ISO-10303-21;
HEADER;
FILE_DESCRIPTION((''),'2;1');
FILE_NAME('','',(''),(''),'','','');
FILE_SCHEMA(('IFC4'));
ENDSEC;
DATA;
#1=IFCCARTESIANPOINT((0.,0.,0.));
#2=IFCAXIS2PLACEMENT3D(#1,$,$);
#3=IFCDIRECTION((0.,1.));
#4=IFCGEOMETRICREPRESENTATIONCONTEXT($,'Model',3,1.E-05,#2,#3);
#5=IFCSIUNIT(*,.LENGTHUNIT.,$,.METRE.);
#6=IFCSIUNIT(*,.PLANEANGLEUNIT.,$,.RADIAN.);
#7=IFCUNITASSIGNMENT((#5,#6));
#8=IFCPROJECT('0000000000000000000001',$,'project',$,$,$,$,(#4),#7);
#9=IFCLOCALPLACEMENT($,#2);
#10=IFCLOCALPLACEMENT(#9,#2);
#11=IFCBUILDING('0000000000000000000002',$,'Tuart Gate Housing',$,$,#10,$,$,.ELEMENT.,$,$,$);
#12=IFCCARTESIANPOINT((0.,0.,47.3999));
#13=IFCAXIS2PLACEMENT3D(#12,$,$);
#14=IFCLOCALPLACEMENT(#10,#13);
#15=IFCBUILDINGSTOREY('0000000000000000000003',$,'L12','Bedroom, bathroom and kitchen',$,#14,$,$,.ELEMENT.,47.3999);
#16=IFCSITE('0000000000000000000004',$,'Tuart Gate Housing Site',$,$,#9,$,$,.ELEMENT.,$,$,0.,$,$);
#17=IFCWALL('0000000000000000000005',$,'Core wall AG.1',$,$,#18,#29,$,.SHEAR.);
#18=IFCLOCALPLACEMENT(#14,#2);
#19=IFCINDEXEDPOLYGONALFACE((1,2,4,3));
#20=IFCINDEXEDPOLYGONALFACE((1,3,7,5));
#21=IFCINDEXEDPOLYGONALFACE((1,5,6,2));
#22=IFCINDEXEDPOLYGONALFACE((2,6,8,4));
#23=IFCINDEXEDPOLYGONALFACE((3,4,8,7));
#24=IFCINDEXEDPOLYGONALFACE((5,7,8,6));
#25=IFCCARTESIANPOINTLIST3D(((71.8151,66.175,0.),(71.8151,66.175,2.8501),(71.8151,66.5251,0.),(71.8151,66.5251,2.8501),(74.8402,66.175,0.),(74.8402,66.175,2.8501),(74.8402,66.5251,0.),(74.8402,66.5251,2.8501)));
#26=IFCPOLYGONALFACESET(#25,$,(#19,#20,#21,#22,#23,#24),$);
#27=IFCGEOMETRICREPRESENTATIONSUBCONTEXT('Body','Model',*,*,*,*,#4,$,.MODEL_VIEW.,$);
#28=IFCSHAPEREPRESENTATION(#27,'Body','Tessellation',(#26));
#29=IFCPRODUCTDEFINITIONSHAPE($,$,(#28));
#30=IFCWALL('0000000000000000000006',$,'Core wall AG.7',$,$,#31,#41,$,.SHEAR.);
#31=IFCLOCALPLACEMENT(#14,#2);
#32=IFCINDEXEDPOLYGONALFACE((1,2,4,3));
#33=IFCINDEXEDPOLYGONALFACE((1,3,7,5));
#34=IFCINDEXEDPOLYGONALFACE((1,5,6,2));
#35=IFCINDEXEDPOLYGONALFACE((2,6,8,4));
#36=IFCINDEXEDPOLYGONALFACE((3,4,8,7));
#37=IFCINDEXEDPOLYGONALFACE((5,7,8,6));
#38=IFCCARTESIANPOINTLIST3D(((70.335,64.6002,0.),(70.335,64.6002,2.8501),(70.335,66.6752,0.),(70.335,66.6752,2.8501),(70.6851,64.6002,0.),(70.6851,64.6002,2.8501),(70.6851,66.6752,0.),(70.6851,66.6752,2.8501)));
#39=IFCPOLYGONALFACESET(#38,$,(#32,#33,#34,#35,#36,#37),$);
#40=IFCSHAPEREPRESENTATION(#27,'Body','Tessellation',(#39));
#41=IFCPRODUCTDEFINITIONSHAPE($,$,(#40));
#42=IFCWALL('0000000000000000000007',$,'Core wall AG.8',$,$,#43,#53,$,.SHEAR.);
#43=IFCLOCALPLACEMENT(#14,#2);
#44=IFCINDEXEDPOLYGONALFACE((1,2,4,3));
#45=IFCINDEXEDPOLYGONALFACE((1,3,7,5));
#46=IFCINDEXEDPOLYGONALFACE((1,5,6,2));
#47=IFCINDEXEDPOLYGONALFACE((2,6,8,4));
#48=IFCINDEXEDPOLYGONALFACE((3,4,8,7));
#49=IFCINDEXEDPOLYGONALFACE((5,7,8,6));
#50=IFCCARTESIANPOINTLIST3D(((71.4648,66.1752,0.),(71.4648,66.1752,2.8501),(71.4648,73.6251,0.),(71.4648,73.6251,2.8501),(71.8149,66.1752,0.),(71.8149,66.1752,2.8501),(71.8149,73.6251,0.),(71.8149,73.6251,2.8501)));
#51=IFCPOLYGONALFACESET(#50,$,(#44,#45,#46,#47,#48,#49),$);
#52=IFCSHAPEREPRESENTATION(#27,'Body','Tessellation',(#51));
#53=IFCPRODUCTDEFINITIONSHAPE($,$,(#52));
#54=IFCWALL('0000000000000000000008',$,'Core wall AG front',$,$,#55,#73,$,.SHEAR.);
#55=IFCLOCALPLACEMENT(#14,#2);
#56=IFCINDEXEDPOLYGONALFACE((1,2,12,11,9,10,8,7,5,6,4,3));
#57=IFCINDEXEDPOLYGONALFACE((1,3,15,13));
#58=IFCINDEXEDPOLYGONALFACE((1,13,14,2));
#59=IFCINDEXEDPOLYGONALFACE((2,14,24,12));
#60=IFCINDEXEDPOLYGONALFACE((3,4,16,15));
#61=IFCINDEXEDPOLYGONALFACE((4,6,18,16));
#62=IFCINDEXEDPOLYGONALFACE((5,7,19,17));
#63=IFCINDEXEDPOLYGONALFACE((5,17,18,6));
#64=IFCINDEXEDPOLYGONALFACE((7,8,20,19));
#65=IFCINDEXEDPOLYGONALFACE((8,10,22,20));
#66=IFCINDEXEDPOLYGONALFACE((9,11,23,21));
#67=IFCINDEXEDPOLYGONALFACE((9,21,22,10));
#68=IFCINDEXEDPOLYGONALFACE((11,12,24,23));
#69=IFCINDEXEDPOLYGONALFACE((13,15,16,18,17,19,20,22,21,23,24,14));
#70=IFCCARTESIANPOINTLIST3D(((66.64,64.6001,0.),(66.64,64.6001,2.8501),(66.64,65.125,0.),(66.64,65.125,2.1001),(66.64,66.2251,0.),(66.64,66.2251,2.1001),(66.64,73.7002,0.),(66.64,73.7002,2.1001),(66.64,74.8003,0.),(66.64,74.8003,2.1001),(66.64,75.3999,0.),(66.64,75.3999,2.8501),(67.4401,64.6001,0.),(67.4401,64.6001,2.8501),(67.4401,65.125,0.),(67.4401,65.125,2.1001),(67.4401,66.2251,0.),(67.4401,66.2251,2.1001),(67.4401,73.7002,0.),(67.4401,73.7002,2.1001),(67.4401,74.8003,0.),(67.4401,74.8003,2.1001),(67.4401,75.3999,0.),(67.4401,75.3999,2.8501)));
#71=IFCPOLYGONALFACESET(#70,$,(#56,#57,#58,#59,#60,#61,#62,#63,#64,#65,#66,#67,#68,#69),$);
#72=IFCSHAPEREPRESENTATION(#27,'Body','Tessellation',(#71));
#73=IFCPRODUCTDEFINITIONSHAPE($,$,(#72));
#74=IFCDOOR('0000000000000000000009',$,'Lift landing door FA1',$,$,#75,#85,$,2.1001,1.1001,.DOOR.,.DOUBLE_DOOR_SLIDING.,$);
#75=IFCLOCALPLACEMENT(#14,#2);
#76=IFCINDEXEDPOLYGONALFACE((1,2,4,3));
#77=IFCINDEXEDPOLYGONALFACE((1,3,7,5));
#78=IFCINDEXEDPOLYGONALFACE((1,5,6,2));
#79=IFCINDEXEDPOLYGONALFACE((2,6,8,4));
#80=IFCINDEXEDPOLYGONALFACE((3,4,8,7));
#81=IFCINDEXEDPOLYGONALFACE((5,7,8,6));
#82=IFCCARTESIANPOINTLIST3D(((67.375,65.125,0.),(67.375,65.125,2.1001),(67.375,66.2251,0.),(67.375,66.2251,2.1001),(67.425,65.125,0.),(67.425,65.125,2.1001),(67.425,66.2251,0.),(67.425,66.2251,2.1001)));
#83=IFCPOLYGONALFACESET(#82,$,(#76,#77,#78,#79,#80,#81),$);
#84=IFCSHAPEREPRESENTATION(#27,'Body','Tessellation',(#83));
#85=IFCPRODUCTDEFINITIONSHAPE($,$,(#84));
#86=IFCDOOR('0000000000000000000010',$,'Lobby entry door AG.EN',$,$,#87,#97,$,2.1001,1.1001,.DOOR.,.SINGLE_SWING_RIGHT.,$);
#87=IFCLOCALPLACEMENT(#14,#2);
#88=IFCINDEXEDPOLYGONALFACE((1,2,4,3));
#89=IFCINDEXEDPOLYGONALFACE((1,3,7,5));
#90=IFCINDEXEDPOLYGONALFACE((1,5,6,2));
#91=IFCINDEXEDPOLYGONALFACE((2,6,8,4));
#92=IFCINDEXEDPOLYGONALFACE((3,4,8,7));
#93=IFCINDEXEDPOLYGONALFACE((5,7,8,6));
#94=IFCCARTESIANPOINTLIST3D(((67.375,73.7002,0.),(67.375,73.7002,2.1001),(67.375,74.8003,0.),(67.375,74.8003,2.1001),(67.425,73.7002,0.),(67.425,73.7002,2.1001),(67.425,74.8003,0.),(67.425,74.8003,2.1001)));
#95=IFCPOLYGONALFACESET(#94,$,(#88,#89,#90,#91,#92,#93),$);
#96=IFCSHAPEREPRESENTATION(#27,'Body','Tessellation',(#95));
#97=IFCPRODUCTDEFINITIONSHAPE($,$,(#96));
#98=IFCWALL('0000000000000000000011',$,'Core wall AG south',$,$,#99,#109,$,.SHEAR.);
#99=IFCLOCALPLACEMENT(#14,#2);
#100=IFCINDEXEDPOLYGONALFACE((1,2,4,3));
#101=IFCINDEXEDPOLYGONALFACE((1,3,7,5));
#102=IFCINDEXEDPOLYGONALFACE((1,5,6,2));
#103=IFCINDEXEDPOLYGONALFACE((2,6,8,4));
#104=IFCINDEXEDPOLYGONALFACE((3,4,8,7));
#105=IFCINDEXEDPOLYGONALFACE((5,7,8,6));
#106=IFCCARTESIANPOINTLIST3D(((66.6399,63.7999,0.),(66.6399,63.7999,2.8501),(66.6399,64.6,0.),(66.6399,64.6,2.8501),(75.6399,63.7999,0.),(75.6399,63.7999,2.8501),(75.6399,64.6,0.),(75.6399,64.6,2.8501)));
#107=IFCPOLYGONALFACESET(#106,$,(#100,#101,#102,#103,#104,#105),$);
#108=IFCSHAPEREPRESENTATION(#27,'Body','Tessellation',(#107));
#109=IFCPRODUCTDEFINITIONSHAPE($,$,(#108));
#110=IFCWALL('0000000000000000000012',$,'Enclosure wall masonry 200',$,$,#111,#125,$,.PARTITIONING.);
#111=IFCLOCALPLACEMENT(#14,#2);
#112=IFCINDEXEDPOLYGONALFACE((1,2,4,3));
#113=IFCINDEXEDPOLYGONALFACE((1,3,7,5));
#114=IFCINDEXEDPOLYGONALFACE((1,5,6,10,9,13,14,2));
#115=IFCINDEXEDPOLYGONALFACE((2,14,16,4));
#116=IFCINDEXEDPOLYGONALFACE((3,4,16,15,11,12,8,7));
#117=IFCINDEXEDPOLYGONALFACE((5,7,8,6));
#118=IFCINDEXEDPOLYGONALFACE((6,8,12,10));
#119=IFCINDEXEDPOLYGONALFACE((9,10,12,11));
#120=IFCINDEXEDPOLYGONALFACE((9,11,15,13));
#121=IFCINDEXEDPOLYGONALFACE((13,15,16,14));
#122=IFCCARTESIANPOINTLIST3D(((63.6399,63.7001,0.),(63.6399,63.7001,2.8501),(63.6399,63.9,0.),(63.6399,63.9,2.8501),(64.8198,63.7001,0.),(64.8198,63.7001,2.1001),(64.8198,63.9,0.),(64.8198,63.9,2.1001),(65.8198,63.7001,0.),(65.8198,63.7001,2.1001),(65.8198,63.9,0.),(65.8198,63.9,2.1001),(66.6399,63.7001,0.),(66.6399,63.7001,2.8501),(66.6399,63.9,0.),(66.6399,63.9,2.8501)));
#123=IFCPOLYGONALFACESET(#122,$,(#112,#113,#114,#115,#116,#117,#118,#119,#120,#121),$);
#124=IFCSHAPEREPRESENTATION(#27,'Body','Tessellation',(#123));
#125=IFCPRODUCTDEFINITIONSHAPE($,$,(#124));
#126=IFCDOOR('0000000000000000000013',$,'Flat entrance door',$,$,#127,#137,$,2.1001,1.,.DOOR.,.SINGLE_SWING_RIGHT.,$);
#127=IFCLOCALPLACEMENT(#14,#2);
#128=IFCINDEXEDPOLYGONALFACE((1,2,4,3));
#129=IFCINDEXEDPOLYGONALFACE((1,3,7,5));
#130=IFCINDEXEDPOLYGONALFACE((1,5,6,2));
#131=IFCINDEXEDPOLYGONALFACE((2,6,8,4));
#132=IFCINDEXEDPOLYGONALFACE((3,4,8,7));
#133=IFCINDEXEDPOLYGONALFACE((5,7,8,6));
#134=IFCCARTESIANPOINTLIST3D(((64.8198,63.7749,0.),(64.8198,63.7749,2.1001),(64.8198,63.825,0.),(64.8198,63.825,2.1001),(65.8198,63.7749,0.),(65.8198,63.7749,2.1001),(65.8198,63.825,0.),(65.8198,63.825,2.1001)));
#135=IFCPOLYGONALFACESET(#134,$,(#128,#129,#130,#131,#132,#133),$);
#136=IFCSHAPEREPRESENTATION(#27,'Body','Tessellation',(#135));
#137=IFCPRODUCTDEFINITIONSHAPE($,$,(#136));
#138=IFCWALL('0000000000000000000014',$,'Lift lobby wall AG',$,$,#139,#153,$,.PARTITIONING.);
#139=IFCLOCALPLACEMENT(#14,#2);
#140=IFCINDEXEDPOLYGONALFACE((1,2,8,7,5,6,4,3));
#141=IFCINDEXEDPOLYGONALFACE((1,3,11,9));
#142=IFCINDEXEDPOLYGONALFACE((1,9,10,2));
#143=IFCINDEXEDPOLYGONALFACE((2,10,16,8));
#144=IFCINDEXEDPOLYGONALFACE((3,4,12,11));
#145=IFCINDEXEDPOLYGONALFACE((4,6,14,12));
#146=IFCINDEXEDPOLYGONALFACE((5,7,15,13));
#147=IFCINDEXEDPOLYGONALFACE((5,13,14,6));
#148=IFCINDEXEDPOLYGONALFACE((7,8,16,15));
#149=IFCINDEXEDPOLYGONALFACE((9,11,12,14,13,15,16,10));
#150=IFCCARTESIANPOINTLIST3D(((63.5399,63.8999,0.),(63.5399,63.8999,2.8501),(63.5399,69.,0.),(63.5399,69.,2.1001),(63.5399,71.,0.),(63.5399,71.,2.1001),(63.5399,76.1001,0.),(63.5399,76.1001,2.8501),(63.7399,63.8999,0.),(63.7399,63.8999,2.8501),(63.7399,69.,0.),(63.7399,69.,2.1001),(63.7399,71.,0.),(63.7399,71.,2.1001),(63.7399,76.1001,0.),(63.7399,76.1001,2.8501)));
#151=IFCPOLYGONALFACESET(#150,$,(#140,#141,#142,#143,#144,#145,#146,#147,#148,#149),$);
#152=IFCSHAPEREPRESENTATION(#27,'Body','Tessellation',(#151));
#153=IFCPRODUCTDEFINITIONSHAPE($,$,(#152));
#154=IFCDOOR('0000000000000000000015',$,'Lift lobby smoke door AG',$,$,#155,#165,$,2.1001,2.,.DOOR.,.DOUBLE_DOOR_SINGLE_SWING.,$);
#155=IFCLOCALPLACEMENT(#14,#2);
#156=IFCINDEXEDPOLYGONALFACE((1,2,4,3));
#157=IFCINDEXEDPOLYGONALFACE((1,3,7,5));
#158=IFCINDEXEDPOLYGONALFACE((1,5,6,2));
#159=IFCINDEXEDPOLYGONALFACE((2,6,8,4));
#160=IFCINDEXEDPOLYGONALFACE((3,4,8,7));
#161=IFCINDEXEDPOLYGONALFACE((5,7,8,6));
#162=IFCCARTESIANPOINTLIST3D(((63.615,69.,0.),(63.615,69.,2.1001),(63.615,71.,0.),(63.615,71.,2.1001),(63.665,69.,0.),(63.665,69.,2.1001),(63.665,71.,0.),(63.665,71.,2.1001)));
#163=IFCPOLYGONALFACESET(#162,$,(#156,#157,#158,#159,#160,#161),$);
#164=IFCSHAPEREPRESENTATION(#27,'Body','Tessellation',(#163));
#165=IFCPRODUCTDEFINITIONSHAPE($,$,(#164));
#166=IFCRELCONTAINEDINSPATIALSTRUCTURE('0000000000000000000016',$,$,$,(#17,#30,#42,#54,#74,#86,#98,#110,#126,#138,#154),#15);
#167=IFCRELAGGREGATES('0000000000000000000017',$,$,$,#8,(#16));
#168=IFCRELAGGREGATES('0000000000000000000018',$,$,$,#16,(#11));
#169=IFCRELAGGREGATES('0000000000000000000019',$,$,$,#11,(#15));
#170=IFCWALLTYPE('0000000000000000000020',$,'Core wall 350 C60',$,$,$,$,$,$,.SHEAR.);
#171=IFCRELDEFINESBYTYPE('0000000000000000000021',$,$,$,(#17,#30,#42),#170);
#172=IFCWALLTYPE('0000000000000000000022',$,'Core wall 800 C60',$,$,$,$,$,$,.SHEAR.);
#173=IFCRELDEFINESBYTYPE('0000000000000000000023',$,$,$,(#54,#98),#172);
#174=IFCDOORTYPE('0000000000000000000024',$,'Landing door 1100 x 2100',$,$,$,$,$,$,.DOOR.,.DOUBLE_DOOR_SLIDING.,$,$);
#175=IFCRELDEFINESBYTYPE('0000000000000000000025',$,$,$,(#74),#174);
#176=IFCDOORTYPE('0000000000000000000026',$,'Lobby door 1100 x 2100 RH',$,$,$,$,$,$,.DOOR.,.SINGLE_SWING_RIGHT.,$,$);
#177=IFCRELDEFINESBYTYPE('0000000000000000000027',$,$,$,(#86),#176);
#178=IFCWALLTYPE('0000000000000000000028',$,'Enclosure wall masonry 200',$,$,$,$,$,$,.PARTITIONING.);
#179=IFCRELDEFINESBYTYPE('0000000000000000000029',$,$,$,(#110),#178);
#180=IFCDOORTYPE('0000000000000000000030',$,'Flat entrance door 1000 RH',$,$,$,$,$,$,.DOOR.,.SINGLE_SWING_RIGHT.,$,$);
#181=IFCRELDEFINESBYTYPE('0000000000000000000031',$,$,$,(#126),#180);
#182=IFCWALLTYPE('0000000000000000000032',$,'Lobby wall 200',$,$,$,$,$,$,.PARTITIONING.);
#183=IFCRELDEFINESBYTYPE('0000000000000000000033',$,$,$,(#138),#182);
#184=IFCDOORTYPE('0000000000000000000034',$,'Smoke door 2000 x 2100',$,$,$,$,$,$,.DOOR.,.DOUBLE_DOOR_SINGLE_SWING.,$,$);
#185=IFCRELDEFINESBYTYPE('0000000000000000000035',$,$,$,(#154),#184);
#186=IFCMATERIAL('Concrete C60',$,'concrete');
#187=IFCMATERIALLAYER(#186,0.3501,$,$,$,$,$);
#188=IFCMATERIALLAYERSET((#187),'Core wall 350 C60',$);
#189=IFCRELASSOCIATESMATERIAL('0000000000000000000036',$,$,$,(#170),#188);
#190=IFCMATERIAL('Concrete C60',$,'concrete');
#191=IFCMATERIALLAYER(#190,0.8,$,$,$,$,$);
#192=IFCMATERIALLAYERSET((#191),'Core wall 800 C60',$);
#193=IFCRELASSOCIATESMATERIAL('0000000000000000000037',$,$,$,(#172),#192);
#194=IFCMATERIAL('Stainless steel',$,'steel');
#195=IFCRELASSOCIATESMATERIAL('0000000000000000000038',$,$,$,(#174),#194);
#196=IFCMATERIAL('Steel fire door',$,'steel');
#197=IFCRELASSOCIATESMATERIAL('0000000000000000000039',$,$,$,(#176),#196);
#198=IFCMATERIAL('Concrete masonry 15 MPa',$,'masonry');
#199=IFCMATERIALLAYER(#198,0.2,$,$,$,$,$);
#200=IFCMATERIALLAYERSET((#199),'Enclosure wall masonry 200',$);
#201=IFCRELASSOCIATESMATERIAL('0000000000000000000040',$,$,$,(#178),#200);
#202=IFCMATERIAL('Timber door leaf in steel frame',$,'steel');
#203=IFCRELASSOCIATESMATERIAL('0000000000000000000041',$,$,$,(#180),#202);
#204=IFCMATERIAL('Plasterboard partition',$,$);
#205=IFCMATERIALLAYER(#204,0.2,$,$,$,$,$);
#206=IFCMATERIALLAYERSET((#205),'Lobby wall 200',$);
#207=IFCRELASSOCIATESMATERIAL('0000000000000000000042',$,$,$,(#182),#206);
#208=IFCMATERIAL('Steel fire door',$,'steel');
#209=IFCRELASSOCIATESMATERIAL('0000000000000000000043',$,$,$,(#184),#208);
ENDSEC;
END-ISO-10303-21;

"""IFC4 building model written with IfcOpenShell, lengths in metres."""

from ifc_helpers import new_model, si_unit, direction, frame, frame_2d, origin, place, context, subcontext, project, spatial, rectangle, extrude, material, layer, layer_set, type_object, element, fill, save


model = new_model("IFC4")

# Units and contexts
model_context = context("Model", 3, precision=1e-05, world=origin(), true_north=direction((0.0, 1.0)))
body_context = subcontext(model_context, "Body", "Model", "MODEL_VIEW")
ifc_project = project(units=[si_unit("LENGTHUNIT", "METRE"), si_unit("PLANEANGLEUNIT", "RADIAN")], contexts=[model_context])

# Site, building, storey
site_placement = place(None, origin())
site = spatial("IfcSite", under=ifc_project, at=site_placement, Name="Tuart Gate Housing Site", CompositionType="ELEMENT", RefElevation=0.0)
building_placement = place(site_placement, origin())
building = spatial("IfcBuilding", under=site, at=building_placement, Name="Tuart Gate Housing", CompositionType="ELEMENT")
storey_placement = place(building_placement, frame((0.0, 0.0, 47.3999)))
storey = spatial("IfcBuildingStorey", under=building, at=storey_placement, Name="L12", Description="Bedroom, bathroom and kitchen", CompositionType="ELEMENT", Elevation=47.3999)

# Walls
ifc_material_1 = material(Name="Concrete C60", Category="concrete")
ifc_layer_1 = layer(ifc_material_1, 0.3501)
ifc_layer_set_1 = layer_set([ifc_layer_1], Name="Core wall 350 C60")
wall_type_1 = type_object("IfcWallType", Name="Core wall 350 C60", PredefinedType="SHEAR", material=ifc_layer_set_1)
wall_1_placement = place(storey_placement, frame((71.8149, 66.3501, 0.0), z_axis=(0.0, 0.0, 1.0), x_axis=(1.0, 0.0, 0.0)))
element("IfcWall", 1, at=wall_1_placement, inside=storey, type_object=wall_type_1, Name="Core wall AG.1", PredefinedType="SHEAR", context=body_context, shape_type="SweptSolid", body=[
    extrude(rectangle(XDim=3.0251, YDim=0.3501, at=frame_2d((1.5127, 0.0))), origin(), (0.0, 0.0, 1.0), 2.8501),
])
wall_2_placement = place(storey_placement, frame((70.51, 64.6001, 0.0), z_axis=(0.0, 0.0, 1.0), x_axis=(0.0, 1.0, 0.0)))
element("IfcWall", 2, at=wall_2_placement, inside=storey, type_object=wall_type_1, Name="Core wall AG.7", PredefinedType="SHEAR", context=body_context, shape_type="SweptSolid", body=[
    extrude(rectangle(XDim=2.075, YDim=0.3501, at=frame_2d((1.0376, 0.0))), origin(), (0.0, 0.0, 1.0), 2.8501),
])
wall_3_placement = place(storey_placement, frame((71.6399, 66.175, 0.0), z_axis=(0.0, 0.0, 1.0), x_axis=(0.0, 1.0, 0.0)))
element("IfcWall", 3, at=wall_3_placement, inside=storey, type_object=wall_type_1, Name="Core wall AG.8", PredefinedType="SHEAR", context=body_context, shape_type="SweptSolid", body=[
    extrude(rectangle(XDim=7.45, YDim=0.3501, at=frame_2d((3.7251, 0.0))), origin(), (0.0, 0.0, 1.0), 2.8501),
])

# Wall, openings, doors
ifc_material_2 = material(Name="Concrete C60", Category="concrete")
ifc_layer_2 = layer(ifc_material_2, 0.8)
ifc_layer_set_2 = layer_set([ifc_layer_2], Name="Core wall 800 C60")
wall_type_2 = type_object("IfcWallType", Name="Core wall 800 C60", PredefinedType="SHEAR", material=ifc_layer_set_2)
wall_4_placement = place(storey_placement, frame((67.04, 64.6001, 0.0), z_axis=(0.0, 0.0, 1.0), x_axis=(0.0, 1.0, 0.0)))
wall_4 = element("IfcWall", 4, at=wall_4_placement, inside=storey, type_object=wall_type_2, Name="Core wall AG front", PredefinedType="SHEAR", context=body_context, shape_type="SweptSolid", body=[
    extrude(rectangle(XDim=10.7998, YDim=0.8, at=frame_2d((5.3999, 0.0))), origin(), (0.0, 0.0, 1.0), 2.8501),
])
opening_1_placement = place(wall_4_placement, frame((0.5249, 0.0, 0.0)))
opening_1 = element("IfcOpeningElement", 5, at=opening_1_placement, cuts=wall_4, PredefinedType="OPENING", context=body_context, shape_type="SweptSolid", body=[
    extrude(rectangle(XDim=1.1001, YDim=2.1001, at=frame_2d((0.55, 1.05))), frame((0.0, 0.4099, 0.0), z_axis=(0.0, -1.0, 0.0), x_axis=(1.0, 0.0, 0.0)), (0.0, 0.0, 1.0), 0.8201),
])
opening_2_placement = place(wall_4_placement, frame((9.1001, 0.0, 0.0)))
opening_2 = element("IfcOpeningElement", 6, at=opening_2_placement, cuts=wall_4, PredefinedType="OPENING", context=body_context, shape_type="SweptSolid", body=[
    extrude(rectangle(XDim=1.1001, YDim=2.1001, at=frame_2d((0.55, 1.05))), frame((0.0, 0.4099, 0.0), z_axis=(0.0, -1.0, 0.0), x_axis=(1.0, 0.0, 0.0)), (0.0, 0.0, 1.0), 0.8201),
])
ifc_material_3 = material(Name="Stainless steel", Category="steel")
door_type_1 = type_object("IfcDoorType", Name="Landing door 1100 x 2100", OperationType="DOUBLE_DOOR_SLIDING", PredefinedType="DOOR", material=ifc_material_3)
door_1_placement = place(opening_1_placement, origin())
door_1 = element("IfcDoor", 7, at=door_1_placement, inside=storey, type_object=door_type_1, Name="Lift landing door FA1", OperationType="DOUBLE_DOOR_SLIDING", OverallHeight=2.1001, OverallWidth=1.1001, PredefinedType="DOOR", context=body_context, shape_type="SweptSolid", body=[
    extrude(rectangle(XDim=1.1001, YDim=2.1001, at=frame_2d((0.55, 1.05))), frame((0.0, -0.335, 0.0), z_axis=(0.0, -1.0, 0.0), x_axis=(1.0, 0.0, 0.0)), (0.0, 0.0, 1.0), 0.05),
])
fill(opening_1, door_1)
ifc_material_4 = material(Name="Steel fire door", Category="steel")
door_type_2 = type_object("IfcDoorType", Name="Lobby door 1100 x 2100 RH", OperationType="SINGLE_SWING_RIGHT", PredefinedType="DOOR", material=ifc_material_4)
door_2_placement = place(opening_2_placement, frame((1.1001, 0.0, 0.0), z_axis=(0.0, 0.0, 1.0), x_axis=(-1.0, 0.0, 0.0)))
door_2 = element("IfcDoor", 8, at=door_2_placement, inside=storey, type_object=door_type_2, Name="Lobby entry door AG.EN", OperationType="SINGLE_SWING_RIGHT", OverallHeight=2.1001, OverallWidth=1.1001, PredefinedType="DOOR", context=body_context, shape_type="SweptSolid", body=[
    extrude(rectangle(XDim=1.1001, YDim=2.1001, at=frame_2d((0.55, 1.05))), frame((0.0, 0.385, 0.0), z_axis=(0.0, -1.0, 0.0), x_axis=(1.0, 0.0, 0.0)), (0.0, 0.0, 1.0), 0.05),
])
fill(opening_2, door_2)

# Wall
wall_5_placement = place(storey_placement, frame((66.6399, 64.2, 0.0), z_axis=(0.0, 0.0, 1.0), x_axis=(1.0, 0.0, 0.0)))
element("IfcWall", 9, at=wall_5_placement, inside=storey, type_object=wall_type_2, Name="Core wall AG south", PredefinedType="SHEAR", context=body_context, shape_type="SweptSolid", body=[
    extrude(rectangle(XDim=9.0, YDim=0.8, at=frame_2d((4.5, 0.0))), origin(), (0.0, 0.0, 1.0), 2.8501),
])

# Walls, openings, doors
ifc_material_5 = material(Name="Concrete masonry 15 MPa", Category="masonry")
ifc_layer_3 = layer(ifc_material_5, 0.2)
ifc_layer_set_3 = layer_set([ifc_layer_3], Name="Enclosure wall masonry 200")
wall_type_3 = type_object("IfcWallType", Name="Enclosure wall masonry 200", PredefinedType="PARTITIONING", material=ifc_layer_set_3)
wall_6_placement = place(storey_placement, frame((63.6399, 63.8, 0.0), z_axis=(0.0, 0.0, 1.0), x_axis=(1.0, 0.0, 0.0)))
wall_6 = element("IfcWall", 10, at=wall_6_placement, inside=storey, type_object=wall_type_3, Name="Enclosure wall masonry 200", PredefinedType="PARTITIONING", context=body_context, shape_type="SweptSolid", body=[
    extrude(rectangle(XDim=3.0, YDim=0.2, at=frame_2d((1.5, 0.0))), origin(), (0.0, 0.0, 1.0), 2.8501),
])
opening_3_placement = place(wall_6_placement, frame((1.1799, 0.0, 0.0)))
opening_3 = element("IfcOpeningElement", 11, at=opening_3_placement, cuts=wall_6, PredefinedType="OPENING", context=body_context, shape_type="SweptSolid", body=[
    extrude(rectangle(XDim=1.0, YDim=2.1001, at=frame_2d((0.5, 1.05))), frame((0.0, 0.1099, 0.0), z_axis=(0.0, -1.0, 0.0), x_axis=(1.0, 0.0, 0.0)), (0.0, 0.0, 1.0), 0.22),
])
ifc_material_6 = material(Name="Timber door leaf in steel frame", Category="steel")
door_type_3 = type_object("IfcDoorType", Name="Flat entrance door 1000 RH", OperationType="SINGLE_SWING_RIGHT", PredefinedType="DOOR", material=ifc_material_6)
door_3_placement = place(opening_3_placement, frame((1.0, 0.0, 0.0), z_axis=(0.0, 0.0, 1.0), x_axis=(-1.0, 0.0, 0.0)))
door_3 = element("IfcDoor", 12, at=door_3_placement, inside=storey, type_object=door_type_3, Name="Flat entrance door", OperationType="SINGLE_SWING_RIGHT", OverallHeight=2.1001, OverallWidth=1.0, PredefinedType="DOOR", context=body_context, shape_type="SweptSolid", body=[
    extrude(rectangle(XDim=1.0, YDim=2.1001, at=frame_2d((0.5, 1.05))), frame((0.0, 0.0251, 0.0), z_axis=(0.0, -1.0, 0.0), x_axis=(1.0, 0.0, 0.0)), (0.0, 0.0, 1.0), 0.05),
])
fill(opening_3, door_3)
ifc_material_7 = material(Name="Plasterboard partition")
ifc_layer_4 = layer(ifc_material_7, 0.2)
ifc_layer_set_4 = layer_set([ifc_layer_4], Name="Lobby wall 200")
wall_type_4 = type_object("IfcWallType", Name="Lobby wall 200", PredefinedType="PARTITIONING", material=ifc_layer_set_4)
wall_7_placement = place(storey_placement, frame((63.6399, 63.8999, 0.0), z_axis=(0.0, 0.0, 1.0), x_axis=(0.0, 1.0, 0.0)))
wall_7 = element("IfcWall", 13, at=wall_7_placement, inside=storey, type_object=wall_type_4, Name="Lift lobby wall AG", PredefinedType="PARTITIONING", context=body_context, shape_type="SweptSolid", body=[
    extrude(rectangle(XDim=12.2002, YDim=0.2, at=frame_2d((6.1001, 0.0))), origin(), (0.0, 0.0, 1.0), 2.8501),
])
opening_4_placement = place(wall_7_placement, frame((5.1001, 0.0, 0.0)))
opening_4 = element("IfcOpeningElement", 14, at=opening_4_placement, cuts=wall_7, PredefinedType="OPENING", context=body_context, shape_type="SweptSolid", body=[
    extrude(rectangle(XDim=2.0, YDim=2.1001, at=frame_2d((1.0, 1.05))), frame((0.0, 0.1099, 0.0), z_axis=(0.0, -1.0, 0.0), x_axis=(1.0, 0.0, 0.0)), (0.0, 0.0, 1.0), 0.22),
])
ifc_material_8 = material(Name="Steel fire door", Category="steel")
door_type_4 = type_object("IfcDoorType", Name="Smoke door 2000 x 2100", OperationType="DOUBLE_DOOR_SINGLE_SWING", PredefinedType="DOOR", material=ifc_material_8)
door_4_placement = place(opening_4_placement, frame((2.0, 0.0, 0.0), z_axis=(0.0, 0.0, 1.0), x_axis=(-1.0, 0.0, 0.0)))
door_4 = element("IfcDoor", 15, at=door_4_placement, inside=storey, type_object=door_type_4, Name="Lift lobby smoke door AG", OperationType="DOUBLE_DOOR_SINGLE_SWING", OverallHeight=2.1001, OverallWidth=2.0, PredefinedType="DOOR", context=body_context, shape_type="SweptSolid", body=[
    extrude(rectangle(XDim=2.0, YDim=2.1001, at=frame_2d((1.0, 1.05))), frame((0.0, 0.0251, 0.0), z_axis=(0.0, -1.0, 0.0), x_axis=(1.0, 0.0, 0.0)), (0.0, 0.0, 1.0), 0.05),
])
fill(opening_4, door_4)

save(model, "model.ifc")
